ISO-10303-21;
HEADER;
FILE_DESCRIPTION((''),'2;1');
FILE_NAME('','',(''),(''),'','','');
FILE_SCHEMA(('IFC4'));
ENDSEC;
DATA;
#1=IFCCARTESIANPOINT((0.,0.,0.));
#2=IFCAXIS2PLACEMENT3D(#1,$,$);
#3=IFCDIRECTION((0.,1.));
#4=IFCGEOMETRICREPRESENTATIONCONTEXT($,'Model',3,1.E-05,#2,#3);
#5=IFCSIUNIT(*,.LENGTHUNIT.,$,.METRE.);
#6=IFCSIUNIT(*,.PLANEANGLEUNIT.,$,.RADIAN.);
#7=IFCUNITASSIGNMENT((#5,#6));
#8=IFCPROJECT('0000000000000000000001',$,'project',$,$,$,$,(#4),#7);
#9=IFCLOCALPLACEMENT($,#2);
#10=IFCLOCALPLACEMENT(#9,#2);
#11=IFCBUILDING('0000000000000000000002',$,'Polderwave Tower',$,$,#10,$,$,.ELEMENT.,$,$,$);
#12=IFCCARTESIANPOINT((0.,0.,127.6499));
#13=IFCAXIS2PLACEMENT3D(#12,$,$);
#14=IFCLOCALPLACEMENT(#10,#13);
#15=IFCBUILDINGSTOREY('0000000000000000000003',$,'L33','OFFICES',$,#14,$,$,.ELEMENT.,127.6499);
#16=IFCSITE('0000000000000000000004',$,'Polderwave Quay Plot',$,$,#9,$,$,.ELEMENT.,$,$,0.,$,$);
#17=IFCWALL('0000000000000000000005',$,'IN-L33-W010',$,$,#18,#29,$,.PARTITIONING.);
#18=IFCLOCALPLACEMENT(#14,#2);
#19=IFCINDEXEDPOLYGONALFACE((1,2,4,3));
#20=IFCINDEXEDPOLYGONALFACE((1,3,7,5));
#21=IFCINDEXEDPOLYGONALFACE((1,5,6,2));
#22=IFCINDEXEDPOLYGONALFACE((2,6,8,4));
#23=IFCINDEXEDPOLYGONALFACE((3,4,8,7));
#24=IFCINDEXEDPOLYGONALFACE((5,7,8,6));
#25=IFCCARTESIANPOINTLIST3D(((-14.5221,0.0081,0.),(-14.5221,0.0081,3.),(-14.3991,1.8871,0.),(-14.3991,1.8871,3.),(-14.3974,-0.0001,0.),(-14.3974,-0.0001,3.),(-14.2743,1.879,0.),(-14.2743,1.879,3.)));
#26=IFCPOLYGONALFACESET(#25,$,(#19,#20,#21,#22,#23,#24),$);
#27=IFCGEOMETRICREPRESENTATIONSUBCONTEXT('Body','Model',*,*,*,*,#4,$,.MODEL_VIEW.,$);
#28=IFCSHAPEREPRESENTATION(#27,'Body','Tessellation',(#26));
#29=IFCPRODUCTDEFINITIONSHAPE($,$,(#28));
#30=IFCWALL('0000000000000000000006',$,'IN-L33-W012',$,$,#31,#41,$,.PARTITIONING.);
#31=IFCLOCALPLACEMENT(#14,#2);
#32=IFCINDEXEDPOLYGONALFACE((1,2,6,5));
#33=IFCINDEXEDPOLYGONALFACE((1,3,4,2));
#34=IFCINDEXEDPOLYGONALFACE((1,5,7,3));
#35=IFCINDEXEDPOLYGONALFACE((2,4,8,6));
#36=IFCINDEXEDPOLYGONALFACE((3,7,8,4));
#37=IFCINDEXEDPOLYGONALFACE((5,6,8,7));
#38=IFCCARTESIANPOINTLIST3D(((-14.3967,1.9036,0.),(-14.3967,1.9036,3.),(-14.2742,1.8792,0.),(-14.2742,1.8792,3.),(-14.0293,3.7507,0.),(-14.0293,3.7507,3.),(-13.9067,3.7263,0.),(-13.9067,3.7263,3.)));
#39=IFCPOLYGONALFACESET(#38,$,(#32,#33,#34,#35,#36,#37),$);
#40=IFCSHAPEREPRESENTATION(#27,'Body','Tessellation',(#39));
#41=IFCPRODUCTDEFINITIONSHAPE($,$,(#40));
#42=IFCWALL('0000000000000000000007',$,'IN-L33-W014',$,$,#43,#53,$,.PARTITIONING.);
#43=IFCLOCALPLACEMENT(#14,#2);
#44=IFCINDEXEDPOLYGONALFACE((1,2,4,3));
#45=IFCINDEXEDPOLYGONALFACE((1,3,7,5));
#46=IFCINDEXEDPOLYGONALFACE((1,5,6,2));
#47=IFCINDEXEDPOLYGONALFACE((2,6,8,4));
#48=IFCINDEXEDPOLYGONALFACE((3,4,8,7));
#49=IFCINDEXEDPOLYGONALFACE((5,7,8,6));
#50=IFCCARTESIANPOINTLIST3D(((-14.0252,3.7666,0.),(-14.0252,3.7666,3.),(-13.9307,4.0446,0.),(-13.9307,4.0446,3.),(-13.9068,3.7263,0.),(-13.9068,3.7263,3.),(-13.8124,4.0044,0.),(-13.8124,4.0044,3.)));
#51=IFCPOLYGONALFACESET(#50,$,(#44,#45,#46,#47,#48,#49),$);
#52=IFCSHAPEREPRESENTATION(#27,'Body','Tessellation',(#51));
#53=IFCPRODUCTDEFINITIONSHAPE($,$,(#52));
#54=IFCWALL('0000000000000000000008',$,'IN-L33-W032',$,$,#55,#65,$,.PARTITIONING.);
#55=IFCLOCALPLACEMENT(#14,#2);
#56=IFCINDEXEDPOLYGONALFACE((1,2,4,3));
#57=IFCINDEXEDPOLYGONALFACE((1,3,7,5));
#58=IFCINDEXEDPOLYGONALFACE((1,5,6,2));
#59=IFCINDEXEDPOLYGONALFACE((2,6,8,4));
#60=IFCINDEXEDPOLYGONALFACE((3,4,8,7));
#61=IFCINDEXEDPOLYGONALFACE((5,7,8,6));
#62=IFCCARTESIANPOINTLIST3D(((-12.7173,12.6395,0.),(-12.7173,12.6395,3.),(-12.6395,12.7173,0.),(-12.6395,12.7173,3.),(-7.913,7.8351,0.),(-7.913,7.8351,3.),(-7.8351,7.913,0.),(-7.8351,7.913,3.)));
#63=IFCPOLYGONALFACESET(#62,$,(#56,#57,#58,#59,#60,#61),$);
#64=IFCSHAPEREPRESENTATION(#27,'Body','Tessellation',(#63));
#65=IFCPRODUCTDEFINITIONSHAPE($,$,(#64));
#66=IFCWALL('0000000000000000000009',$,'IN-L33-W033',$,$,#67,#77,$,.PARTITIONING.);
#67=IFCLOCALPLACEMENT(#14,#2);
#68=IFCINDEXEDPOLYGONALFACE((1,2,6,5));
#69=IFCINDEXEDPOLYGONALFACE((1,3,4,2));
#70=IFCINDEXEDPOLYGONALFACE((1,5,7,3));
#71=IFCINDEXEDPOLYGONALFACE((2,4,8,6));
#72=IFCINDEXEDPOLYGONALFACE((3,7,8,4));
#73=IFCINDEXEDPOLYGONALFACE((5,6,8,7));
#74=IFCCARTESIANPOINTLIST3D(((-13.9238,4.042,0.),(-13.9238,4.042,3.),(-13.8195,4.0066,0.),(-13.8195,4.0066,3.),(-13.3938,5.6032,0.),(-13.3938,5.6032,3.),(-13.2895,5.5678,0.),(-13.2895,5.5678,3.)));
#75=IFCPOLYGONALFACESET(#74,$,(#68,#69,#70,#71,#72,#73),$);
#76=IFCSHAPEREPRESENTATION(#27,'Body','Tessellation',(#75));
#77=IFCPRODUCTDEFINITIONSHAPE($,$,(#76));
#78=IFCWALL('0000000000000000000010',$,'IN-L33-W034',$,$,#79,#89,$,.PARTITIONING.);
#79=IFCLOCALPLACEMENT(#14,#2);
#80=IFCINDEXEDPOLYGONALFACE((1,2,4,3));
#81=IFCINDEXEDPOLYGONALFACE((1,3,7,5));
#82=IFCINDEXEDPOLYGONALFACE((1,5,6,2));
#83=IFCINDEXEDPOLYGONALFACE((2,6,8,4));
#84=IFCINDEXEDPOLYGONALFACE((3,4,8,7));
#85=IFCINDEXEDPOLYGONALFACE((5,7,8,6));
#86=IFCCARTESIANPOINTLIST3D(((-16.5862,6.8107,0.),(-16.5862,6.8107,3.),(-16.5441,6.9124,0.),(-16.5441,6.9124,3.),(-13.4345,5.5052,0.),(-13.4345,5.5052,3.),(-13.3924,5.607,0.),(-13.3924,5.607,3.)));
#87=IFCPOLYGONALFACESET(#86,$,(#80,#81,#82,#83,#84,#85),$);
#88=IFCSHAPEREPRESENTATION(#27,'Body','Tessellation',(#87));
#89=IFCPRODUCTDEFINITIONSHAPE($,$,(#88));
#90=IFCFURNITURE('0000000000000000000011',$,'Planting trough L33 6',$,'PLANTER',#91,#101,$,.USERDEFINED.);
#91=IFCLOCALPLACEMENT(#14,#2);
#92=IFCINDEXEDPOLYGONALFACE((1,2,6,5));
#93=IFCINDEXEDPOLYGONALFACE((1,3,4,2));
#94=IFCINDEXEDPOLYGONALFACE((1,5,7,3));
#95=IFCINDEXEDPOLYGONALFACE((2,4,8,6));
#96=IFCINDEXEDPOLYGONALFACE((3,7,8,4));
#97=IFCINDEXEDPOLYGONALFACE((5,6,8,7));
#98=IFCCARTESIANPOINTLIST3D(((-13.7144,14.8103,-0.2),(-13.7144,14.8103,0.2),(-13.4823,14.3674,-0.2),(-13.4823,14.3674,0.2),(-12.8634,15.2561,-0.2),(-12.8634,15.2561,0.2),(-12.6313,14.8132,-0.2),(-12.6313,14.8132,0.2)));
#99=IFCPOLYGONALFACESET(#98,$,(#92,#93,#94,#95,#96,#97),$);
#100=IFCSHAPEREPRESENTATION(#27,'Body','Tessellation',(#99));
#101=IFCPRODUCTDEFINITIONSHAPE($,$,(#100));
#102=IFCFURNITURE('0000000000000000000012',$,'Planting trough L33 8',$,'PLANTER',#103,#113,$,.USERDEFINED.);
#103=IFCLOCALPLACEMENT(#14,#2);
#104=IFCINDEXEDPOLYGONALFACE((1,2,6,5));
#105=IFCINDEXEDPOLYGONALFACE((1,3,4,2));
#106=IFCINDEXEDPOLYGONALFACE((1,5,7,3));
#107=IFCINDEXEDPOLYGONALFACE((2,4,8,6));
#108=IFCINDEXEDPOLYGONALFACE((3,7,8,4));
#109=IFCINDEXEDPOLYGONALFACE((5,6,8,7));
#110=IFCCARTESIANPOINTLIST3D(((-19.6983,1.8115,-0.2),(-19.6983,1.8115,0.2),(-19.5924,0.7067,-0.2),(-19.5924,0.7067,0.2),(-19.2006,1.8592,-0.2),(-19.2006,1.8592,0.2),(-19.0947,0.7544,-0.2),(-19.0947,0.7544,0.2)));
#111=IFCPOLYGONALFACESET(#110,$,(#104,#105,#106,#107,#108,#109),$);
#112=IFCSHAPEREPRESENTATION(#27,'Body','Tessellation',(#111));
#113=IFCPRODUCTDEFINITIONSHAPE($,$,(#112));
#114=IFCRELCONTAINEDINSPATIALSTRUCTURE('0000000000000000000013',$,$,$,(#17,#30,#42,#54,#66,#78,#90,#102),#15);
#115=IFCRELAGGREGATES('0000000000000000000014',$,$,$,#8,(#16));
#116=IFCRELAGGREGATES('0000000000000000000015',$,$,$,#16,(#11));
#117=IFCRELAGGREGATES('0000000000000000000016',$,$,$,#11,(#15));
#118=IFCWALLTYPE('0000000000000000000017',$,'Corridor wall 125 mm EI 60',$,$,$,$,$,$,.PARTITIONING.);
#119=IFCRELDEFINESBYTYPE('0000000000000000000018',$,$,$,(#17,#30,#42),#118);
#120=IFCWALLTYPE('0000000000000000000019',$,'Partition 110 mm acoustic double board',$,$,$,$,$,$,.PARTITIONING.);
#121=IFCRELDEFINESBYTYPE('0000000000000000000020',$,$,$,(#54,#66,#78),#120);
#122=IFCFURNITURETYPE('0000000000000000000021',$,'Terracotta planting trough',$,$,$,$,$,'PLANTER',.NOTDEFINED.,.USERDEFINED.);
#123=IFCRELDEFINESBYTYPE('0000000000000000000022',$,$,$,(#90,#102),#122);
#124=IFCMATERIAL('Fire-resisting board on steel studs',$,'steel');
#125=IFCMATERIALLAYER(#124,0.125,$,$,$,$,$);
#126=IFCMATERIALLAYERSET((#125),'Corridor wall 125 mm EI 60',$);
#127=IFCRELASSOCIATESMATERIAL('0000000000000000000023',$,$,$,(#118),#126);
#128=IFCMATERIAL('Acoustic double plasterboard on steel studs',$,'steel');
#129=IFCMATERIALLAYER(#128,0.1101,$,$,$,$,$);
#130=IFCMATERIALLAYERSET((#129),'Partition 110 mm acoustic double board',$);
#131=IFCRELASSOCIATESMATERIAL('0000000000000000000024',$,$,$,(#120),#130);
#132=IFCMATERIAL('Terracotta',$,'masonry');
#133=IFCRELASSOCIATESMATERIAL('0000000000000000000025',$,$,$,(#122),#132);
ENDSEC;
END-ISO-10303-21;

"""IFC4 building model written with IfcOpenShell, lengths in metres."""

from ifc_helpers import new_model, si_unit, direction, frame, frame_2d, origin, origin_2d, place, context, subcontext, project, spatial, rectangle, extrude, material, layer, layer_set, type_object, element, save


model = new_model("IFC4")

# Units and contexts
model_context = context("Model", 3, precision=1e-05, world=origin(), true_north=direction((0.0, 1.0)))
body_context = subcontext(model_context, "Body", "Model", "MODEL_VIEW")
ifc_project = project(units=[si_unit("LENGTHUNIT", "METRE"), si_unit("PLANEANGLEUNIT", "RADIAN")], contexts=[model_context])

# Site, building, storey
site_placement = place(None, origin())
site = spatial("IfcSite", under=ifc_project, at=site_placement, Name="Polderwave Quay Plot", CompositionType="ELEMENT", RefElevation=0.0)
building_placement = place(site_placement, origin())
building = spatial("IfcBuilding", under=site, at=building_placement, Name="Polderwave Tower", CompositionType="ELEMENT")
storey_placement = place(building_placement, frame((0.0, 0.0, 127.6499)))
storey = spatial("IfcBuildingStorey", under=building, at=storey_placement, Name="L33", Description="OFFICES", CompositionType="ELEMENT", Elevation=127.6499)

# Shared definitions
ifc_material_1 = material(Name="Fire-resisting board on steel studs", Category="steel")
ifc_layer_1 = layer(ifc_material_1, 0.125)
ifc_layer_set_1 = layer_set([ifc_layer_1], Name="Corridor wall 125 mm EI 60")
wall_type_1 = type_object("IfcWallType", Name="Corridor wall 125 mm EI 60", PredefinedType="PARTITIONING", material=ifc_layer_set_1)

# Walls
wall_1_placement = place(storey_placement, frame((-14.4597, 0.0042, 0.0), z_axis=(0.0, 0.0, 1.0), x_axis=(0.06534, 0.997863, 0.0)))
element("IfcWall", 1, at=wall_1_placement, inside=storey, type_object=wall_type_1, Name="IN-L33-W010", PredefinedType="PARTITIONING", context=body_context, shape_type="SweptSolid", body=[
    extrude(rectangle(XDim=1.8831, YDim=0.125, at=frame_2d((0.9414, 0.0))), origin(), (0.0, 0.0, 1.0), 3.0),
])
wall_2_placement = place(storey_placement, frame((-14.3354, 1.8914, 0.0), z_axis=(0.0, 0.0, 1.0), x_axis=(0.195094, 0.980785, 0.0)))
element("IfcWall", 2, at=wall_2_placement, inside=storey, type_object=wall_type_1, Name="IN-L33-W012", PredefinedType="PARTITIONING", context=body_context, shape_type="SweptSolid", body=[
    extrude(rectangle(XDim=1.8833, YDim=0.125, at=frame_2d((0.9417, 0.0))), origin(), (0.0, 0.0, 1.0), 3.0),
])
wall_3_placement = place(storey_placement, frame((-13.9661, 3.7463, 0.0), z_axis=(0.0, 0.0, 1.0), x_axis=(0.321709, 0.946839, 0.0)))
element("IfcWall", 3, at=wall_3_placement, inside=storey, type_object=wall_type_1, Name="IN-L33-W014", PredefinedType="PARTITIONING", context=body_context, shape_type="SweptSolid", body=[
    extrude(rectangle(XDim=0.2937, YDim=0.125, at=frame_2d((0.147, 0.0))), origin(), (0.0, 0.0, 1.0), 3.0),
])
ifc_material_2 = material(Name="Acoustic double plasterboard on steel studs", Category="steel")
ifc_layer_2 = layer(ifc_material_2, 0.1101)
ifc_layer_set_2 = layer_set([ifc_layer_2], Name="Partition 110 mm acoustic double board")
wall_type_2 = type_object("IfcWallType", Name="Partition 110 mm acoustic double board", PredefinedType="PARTITIONING", material=ifc_layer_set_2)
wall_4_placement = place(storey_placement, frame((-7.874, 7.874, 0.0), z_axis=(0.0, 0.0, 1.0), x_axis=(-0.707107, 0.707107, 0.0)))
element("IfcWall", 4, at=wall_4_placement, inside=storey, type_object=wall_type_2, Name="IN-L33-W032", PredefinedType="PARTITIONING", context=body_context, shape_type="SweptSolid", body=[
    extrude(rectangle(XDim=6.7944, YDim=0.1101, at=frame_2d((3.3972, 0.0))), origin(), (0.0, 0.0, 1.0), 3.0),
])
wall_5_placement = place(storey_placement, frame((-13.8716, 4.0244, 0.0), z_axis=(0.0, 0.0, 1.0), x_axis=(0.321465, 0.946922, 0.0)))
element("IfcWall", 5, at=wall_5_placement, inside=storey, type_object=wall_type_2, Name="IN-L33-W033", PredefinedType="PARTITIONING", context=body_context, shape_type="SweptSolid", body=[
    extrude(rectangle(XDim=1.6487, YDim=0.1101, at=frame_2d((0.8242, 0.0))), origin(), (0.0, 0.0, 1.0), 3.0),
])
wall_6_placement = place(storey_placement, frame((-13.4136, 5.5562, 0.0), z_axis=(0.0, 0.0, 1.0), x_axis=(-0.923882, 0.382678, 0.0)))
element("IfcWall", 6, at=wall_6_placement, inside=storey, type_object=wall_type_2, Name="IN-L33-W034", PredefinedType="PARTITIONING", context=body_context, shape_type="SweptSolid", body=[
    extrude(rectangle(XDim=3.4114, YDim=0.1101, at=frame_2d((1.7056, 0.0))), origin(), (0.0, 0.0, 1.0), 3.0),
])

# Furniture
ifc_material_3 = material(Name="Terracotta", Category="masonry")
furniture_type = type_object("IfcFurnitureType", Name="Terracotta planting trough", ElementType="PLANTER", AssemblyPlace="NOTDEFINED", PredefinedType="USERDEFINED", material=ifc_material_3)
furniture_1_placement = place(storey_placement, frame((-13.1729, 14.8118, -0.2), z_axis=(0.0, 0.0, 1.0), x_axis=(-0.885817, -0.464035, 0.0)))
element("IfcFurniture", 7, at=furniture_1_placement, inside=storey, type_object=furniture_type, Name="Planting trough L33 6", ObjectType="PLANTER", PredefinedType="USERDEFINED", context=body_context, shape_type="SweptSolid", body=[
    extrude(rectangle(XDim=0.9607, YDim=0.5, at=origin_2d()), origin(), (0.0, 0.0, 1.0), 0.3999),
])
furniture_2_placement = place(storey_placement, frame((-19.3965, 1.283, -0.2), z_axis=(0.0, 0.0, 1.0), x_axis=(0.095398, -0.995439, 0.0)))
element("IfcFurniture", 8, at=furniture_2_placement, inside=storey, type_object=furniture_type, Name="Planting trough L33 8", ObjectType="PLANTER", PredefinedType="USERDEFINED", context=body_context, shape_type="SweptSolid", body=[
    extrude(rectangle(XDim=1.1099, YDim=0.5, at=origin_2d()), origin(), (0.0, 0.0, 1.0), 0.3999),
])

save(model, "model.ifc")
